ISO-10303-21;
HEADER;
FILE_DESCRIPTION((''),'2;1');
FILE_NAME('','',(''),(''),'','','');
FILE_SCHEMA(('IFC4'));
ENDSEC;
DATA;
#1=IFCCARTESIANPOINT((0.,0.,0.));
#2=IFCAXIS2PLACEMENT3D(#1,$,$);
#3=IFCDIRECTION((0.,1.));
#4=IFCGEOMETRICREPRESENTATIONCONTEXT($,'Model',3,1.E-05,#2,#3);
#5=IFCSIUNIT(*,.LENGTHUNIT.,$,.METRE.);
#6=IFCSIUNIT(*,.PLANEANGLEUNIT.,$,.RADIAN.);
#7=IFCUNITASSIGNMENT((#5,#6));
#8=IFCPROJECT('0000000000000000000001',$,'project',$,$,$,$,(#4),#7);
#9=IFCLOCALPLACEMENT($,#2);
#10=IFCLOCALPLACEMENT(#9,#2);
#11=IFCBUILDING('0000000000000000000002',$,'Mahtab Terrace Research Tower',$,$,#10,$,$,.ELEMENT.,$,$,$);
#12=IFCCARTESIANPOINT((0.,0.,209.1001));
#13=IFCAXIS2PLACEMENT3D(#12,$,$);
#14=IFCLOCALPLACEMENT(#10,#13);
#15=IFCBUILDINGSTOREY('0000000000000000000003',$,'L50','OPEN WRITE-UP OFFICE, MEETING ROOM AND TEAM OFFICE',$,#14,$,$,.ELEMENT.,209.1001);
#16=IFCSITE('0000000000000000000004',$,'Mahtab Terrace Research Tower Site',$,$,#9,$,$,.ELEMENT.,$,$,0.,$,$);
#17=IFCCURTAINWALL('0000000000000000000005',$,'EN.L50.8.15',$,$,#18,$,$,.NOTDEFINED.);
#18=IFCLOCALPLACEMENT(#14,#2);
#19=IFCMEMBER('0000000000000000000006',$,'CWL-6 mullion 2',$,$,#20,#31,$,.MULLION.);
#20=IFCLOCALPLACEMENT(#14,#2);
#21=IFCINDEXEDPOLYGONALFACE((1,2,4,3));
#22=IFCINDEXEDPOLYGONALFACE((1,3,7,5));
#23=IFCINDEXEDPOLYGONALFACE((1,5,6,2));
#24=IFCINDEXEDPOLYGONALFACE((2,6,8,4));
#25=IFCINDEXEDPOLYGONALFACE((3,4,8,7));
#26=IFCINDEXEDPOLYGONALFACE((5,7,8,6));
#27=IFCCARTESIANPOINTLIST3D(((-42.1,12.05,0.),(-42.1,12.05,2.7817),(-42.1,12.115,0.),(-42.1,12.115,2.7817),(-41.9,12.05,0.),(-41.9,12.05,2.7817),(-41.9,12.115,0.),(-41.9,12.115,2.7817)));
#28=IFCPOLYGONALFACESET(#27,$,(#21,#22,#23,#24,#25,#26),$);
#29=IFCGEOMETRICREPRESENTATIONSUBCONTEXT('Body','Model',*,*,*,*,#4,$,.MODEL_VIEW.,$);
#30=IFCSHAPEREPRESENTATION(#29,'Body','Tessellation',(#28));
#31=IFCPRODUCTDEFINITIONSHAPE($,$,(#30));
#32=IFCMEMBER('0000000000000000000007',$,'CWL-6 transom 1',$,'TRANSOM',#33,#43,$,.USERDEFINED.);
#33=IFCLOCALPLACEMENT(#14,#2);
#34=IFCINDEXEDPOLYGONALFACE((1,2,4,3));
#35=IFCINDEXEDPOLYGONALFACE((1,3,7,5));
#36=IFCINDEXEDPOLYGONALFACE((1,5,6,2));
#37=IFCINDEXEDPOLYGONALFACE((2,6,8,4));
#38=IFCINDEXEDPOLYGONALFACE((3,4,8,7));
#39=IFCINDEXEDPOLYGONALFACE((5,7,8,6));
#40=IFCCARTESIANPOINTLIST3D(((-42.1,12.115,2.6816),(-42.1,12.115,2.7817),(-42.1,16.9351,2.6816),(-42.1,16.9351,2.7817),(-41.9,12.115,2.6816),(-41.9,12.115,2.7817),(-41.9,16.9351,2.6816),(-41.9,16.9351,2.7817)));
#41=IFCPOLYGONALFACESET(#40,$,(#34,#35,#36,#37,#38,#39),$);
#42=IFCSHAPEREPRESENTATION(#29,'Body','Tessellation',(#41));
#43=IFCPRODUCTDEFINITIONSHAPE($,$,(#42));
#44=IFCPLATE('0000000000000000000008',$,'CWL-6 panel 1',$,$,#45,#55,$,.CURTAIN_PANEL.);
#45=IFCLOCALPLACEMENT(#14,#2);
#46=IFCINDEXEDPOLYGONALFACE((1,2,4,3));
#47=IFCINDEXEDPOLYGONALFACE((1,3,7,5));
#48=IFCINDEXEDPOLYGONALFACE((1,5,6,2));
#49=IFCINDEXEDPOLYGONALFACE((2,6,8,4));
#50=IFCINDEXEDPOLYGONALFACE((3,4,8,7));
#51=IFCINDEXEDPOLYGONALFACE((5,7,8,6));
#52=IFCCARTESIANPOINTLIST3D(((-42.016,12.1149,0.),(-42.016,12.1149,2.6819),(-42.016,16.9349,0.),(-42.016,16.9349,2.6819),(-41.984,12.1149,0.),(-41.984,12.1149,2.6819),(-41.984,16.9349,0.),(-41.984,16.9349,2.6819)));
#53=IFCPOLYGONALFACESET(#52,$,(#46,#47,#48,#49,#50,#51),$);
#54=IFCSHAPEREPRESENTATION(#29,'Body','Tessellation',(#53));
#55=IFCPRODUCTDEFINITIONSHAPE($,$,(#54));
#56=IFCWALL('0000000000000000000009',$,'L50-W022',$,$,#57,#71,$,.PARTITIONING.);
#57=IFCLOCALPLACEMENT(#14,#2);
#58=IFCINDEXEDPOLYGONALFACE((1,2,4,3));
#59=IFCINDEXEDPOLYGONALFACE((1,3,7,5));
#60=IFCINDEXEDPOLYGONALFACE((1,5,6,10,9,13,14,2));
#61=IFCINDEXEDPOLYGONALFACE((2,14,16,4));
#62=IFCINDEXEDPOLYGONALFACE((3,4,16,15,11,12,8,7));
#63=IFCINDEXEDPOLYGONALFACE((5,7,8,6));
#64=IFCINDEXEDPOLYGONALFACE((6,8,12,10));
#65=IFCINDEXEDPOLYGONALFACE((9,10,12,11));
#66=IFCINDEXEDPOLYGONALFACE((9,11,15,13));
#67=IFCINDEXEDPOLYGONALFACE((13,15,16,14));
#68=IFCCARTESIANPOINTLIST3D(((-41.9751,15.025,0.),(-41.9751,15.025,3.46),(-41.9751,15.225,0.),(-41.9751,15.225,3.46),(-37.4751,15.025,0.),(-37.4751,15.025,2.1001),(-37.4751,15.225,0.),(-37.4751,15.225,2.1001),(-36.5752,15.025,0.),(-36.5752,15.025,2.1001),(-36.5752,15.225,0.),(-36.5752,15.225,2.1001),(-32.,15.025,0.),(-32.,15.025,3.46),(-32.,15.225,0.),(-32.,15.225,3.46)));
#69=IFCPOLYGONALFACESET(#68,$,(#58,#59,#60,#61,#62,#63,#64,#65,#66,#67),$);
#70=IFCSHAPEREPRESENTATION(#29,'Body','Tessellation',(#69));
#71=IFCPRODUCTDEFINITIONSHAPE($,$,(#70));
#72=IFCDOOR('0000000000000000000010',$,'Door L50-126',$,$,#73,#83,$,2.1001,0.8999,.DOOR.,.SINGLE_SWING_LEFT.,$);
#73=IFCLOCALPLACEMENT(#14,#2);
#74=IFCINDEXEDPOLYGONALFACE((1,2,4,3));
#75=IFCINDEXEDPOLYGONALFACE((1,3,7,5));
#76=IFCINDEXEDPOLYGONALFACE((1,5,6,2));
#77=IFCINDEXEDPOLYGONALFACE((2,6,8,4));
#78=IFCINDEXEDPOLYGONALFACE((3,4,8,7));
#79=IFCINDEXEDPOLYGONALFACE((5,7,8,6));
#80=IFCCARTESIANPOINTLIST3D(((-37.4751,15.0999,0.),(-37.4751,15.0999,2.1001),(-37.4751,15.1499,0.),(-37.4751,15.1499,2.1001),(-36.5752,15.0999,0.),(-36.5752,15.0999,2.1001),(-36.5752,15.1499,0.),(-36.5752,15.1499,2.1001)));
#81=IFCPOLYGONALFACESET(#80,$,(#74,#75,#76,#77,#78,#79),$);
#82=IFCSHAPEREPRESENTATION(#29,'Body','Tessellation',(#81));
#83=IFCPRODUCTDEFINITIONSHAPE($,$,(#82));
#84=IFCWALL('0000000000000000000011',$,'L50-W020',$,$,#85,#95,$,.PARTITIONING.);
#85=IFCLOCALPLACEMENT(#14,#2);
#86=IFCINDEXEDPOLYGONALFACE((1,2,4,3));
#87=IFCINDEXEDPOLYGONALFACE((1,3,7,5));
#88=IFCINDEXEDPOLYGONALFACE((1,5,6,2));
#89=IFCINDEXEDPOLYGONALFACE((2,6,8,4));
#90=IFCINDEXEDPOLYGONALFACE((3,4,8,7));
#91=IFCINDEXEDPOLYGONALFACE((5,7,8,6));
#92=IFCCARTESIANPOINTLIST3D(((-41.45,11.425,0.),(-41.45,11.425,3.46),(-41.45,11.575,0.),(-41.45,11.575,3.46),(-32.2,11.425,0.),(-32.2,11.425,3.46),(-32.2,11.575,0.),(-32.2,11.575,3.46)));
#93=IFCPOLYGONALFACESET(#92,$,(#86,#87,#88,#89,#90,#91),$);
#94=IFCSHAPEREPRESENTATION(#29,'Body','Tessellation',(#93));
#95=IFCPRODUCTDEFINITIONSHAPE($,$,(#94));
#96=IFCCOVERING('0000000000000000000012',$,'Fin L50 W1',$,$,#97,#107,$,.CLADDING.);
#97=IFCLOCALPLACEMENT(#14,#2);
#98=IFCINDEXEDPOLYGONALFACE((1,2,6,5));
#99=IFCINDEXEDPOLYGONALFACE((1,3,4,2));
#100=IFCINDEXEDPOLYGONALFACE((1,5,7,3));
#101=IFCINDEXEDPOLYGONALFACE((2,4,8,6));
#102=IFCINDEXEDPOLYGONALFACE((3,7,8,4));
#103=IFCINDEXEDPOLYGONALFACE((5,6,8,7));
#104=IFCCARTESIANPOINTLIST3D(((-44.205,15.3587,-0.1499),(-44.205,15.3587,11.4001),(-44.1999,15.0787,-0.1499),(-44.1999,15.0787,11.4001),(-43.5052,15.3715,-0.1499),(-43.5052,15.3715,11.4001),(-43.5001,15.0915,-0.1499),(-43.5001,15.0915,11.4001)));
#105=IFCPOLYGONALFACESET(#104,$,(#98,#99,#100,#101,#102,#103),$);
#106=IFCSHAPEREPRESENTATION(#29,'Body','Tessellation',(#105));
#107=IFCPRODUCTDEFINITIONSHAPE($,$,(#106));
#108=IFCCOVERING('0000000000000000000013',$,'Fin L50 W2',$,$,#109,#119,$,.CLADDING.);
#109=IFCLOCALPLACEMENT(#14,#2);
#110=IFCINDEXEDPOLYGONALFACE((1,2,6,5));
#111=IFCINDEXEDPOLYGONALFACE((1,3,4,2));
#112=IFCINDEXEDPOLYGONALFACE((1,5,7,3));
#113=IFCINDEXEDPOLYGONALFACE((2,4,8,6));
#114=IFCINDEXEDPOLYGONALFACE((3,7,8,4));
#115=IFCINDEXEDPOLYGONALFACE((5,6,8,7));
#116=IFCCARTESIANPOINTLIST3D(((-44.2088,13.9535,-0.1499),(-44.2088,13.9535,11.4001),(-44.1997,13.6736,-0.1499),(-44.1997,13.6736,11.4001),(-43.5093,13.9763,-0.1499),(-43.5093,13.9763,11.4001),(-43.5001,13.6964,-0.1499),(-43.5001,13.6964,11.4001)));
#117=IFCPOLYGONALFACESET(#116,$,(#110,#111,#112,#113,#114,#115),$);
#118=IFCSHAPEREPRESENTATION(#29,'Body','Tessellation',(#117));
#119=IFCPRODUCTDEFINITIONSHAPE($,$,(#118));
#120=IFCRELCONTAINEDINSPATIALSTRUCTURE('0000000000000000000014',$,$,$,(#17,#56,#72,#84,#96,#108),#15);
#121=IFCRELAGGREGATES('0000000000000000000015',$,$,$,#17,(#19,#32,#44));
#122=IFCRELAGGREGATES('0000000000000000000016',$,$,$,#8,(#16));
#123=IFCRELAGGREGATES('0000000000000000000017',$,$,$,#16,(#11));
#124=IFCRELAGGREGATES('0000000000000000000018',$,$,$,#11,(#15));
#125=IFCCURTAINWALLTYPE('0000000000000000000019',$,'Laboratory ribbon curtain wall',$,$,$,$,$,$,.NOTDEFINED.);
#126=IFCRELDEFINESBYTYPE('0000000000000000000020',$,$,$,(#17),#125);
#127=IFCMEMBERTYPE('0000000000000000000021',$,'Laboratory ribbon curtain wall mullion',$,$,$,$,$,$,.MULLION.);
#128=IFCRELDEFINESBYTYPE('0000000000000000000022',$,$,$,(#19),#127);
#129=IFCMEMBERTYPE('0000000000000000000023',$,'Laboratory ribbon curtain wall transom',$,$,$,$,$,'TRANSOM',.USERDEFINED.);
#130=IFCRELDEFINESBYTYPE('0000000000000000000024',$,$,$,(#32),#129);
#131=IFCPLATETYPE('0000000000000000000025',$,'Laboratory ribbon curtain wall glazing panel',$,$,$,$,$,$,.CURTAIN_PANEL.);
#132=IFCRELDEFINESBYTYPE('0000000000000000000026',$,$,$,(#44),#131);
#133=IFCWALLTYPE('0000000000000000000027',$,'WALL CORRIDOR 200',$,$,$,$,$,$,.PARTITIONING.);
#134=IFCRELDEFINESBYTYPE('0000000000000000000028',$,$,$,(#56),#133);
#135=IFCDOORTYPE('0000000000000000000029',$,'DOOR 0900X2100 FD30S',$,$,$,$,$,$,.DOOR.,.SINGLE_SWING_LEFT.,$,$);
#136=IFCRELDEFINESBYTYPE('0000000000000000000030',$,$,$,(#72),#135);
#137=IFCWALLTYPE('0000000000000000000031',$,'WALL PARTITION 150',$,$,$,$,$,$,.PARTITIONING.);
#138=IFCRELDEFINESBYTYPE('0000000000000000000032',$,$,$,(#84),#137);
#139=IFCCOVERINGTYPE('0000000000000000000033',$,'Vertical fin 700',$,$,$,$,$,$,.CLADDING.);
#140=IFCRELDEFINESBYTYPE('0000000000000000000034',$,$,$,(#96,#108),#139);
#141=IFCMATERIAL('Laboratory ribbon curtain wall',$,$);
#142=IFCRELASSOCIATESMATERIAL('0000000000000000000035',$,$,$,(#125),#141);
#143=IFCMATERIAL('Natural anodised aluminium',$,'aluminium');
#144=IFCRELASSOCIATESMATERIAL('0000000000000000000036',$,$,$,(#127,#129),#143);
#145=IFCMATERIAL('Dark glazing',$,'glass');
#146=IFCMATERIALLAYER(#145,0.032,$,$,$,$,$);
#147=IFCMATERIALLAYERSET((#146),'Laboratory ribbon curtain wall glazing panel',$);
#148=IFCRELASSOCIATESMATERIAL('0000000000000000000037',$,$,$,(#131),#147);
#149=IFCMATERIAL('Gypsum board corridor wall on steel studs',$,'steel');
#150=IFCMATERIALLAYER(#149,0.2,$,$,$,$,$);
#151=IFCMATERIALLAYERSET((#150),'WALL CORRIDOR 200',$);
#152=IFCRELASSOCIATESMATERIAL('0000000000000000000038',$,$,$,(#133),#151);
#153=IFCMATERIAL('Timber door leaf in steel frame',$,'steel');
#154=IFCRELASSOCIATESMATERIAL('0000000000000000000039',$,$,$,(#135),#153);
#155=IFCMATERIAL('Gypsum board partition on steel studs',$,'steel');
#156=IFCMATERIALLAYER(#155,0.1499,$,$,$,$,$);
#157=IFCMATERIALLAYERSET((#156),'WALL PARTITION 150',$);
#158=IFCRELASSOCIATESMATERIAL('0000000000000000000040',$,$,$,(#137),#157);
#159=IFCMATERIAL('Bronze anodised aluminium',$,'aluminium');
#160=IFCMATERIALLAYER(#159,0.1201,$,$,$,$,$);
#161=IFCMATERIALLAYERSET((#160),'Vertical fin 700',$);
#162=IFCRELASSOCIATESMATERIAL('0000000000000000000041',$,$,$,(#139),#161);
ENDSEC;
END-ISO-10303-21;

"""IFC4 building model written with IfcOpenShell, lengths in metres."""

from ifc_helpers import new_model, si_unit, direction, frame, frame_2d, origin, origin_2d, place, context, subcontext, project, spatial, rectangle, extrude, material, layer, layer_set, material_profile, profile_set, type_object, element, fill, aggregate, save


model = new_model("IFC4")

# Units and contexts
model_context = context("Model", 3, precision=1e-05, world=origin(), true_north=direction((0.0, 1.0)))
body_context = subcontext(model_context, "Body", "Model", "MODEL_VIEW")
ifc_project = project(units=[si_unit("LENGTHUNIT", "METRE"), si_unit("PLANEANGLEUNIT", "RADIAN")], contexts=[model_context])

# Site, building, storey
site_placement = place(None, origin())
site = spatial("IfcSite", under=ifc_project, at=site_placement, Name="Mahtab Terrace Research Tower Site", CompositionType="ELEMENT", RefElevation=0.0)
building_placement = place(site_placement, origin())
building = spatial("IfcBuilding", under=site, at=building_placement, Name="Mahtab Terrace Research Tower", CompositionType="ELEMENT")
storey_placement = place(building_placement, frame((0.0, 0.0, 209.1001)))
storey = spatial("IfcBuildingStorey", under=building, at=storey_placement, Name="L50", Description="OPEN WRITE-UP OFFICE, MEETING ROOM AND TEAM OFFICE", CompositionType="ELEMENT", Elevation=209.1001)

# Curtain wall, members, plate
ifc_material_1 = material(Name="Laboratory ribbon curtain wall")
curtain_wall_type = type_object("IfcCurtainWallType", Name="Laboratory ribbon curtain wall", PredefinedType="NOTDEFINED", material=ifc_material_1)
curtain_wall_placement = place(storey_placement, origin())
curtain_wall = element("IfcCurtainWall", 1, at=curtain_wall_placement, inside=storey, type_object=curtain_wall_type, Name="EN.L50.8.15", PredefinedType="NOTDEFINED")
ifc_material_2 = material(Name="Natural anodised aluminium", Category="aluminium")
ifc_material_profile_1 = material_profile(ifc_material_2, rectangle(XDim=0.2, YDim=0.0649, at=origin_2d()), Name="MULLION 65x200")
ifc_profile_set_1 = profile_set([ifc_material_profile_1], Name="Natural anodised aluminium")
member_type_1 = type_object("IfcMemberType", Name="Laboratory ribbon curtain wall mullion", PredefinedType="MULLION", material=ifc_profile_set_1)
member_1_placement = place(storey_placement, frame((-42.0, 12.0825, 0.0), z_axis=(0.0, 0.0, 1.0), x_axis=(1.0, 0.0, 0.0)))
member_1 = element("IfcMember", 2, at=member_1_placement, type_object=member_type_1, Name="CWL-6 mullion 2", PredefinedType="MULLION", context=body_context, shape_type="SweptSolid", body=[
    extrude(rectangle(XDim=0.2, YDim=0.0649, at=origin_2d()), origin(), (0.0, 0.0, 1.0), 2.7817),
])
ifc_material_profile_2 = material_profile(ifc_material_2, rectangle(XDim=0.2, YDim=0.1001, at=origin_2d()), Name="TRANSOM 100x200")
ifc_profile_set_2 = profile_set([ifc_material_profile_2], Name="Natural anodised aluminium")
member_type_2 = type_object("IfcMemberType", Name="Laboratory ribbon curtain wall transom", ElementType="TRANSOM", PredefinedType="USERDEFINED", material=ifc_profile_set_2)
member_2_placement = place(storey_placement, frame((-42.0, 16.9351, 2.7317), z_axis=(0.0, -1.0, 0.0), x_axis=(1.0, 0.0, 0.0)))
member_2 = element("IfcMember", 3, at=member_2_placement, type_object=member_type_2, Name="CWL-6 transom 1", ObjectType="TRANSOM", PredefinedType="USERDEFINED", context=body_context, shape_type="SweptSolid", body=[
    extrude(rectangle(XDim=0.2, YDim=0.1001, at=origin_2d()), origin(), (0.0, 0.0, 1.0), 4.8201),
])
ifc_material_3 = material(Name="Dark glazing", Category="glass")
ifc_layer_1 = layer(ifc_material_3, 0.032)
ifc_layer_set_1 = layer_set([ifc_layer_1], Name="Laboratory ribbon curtain wall glazing panel")
plate_type = type_object("IfcPlateType", Name="Laboratory ribbon curtain wall glazing panel", PredefinedType="CURTAIN_PANEL", material=ifc_layer_set_1)
plate_placement = place(storey_placement, frame((-42.0, 14.5249, 0.0), z_axis=(0.0, 0.0, 1.0), x_axis=(0.0, -1.0, 0.0)))
plate = element("IfcPlate", 4, at=plate_placement, type_object=plate_type, Name="CWL-6 panel 1", PredefinedType="CURTAIN_PANEL", context=body_context, shape_type="SweptSolid", body=[
    extrude(rectangle(XDim=4.8201, YDim=0.032, at=origin_2d()), origin(), (0.0, 0.0, 1.0), 2.6819),
])
aggregate(curtain_wall, [member_1, member_2, plate])

# Wall, opening, door
ifc_material_4 = material(Name="Gypsum board corridor wall on steel studs", Category="steel")
ifc_layer_2 = layer(ifc_material_4, 0.2)
ifc_layer_set_2 = layer_set([ifc_layer_2], Name="WALL CORRIDOR 200")
wall_type_1 = type_object("IfcWallType", Name="WALL CORRIDOR 200", PredefinedType="PARTITIONING", material=ifc_layer_set_2)
wall_1_placement = place(storey_placement, frame((-41.9751, 15.125, 0.0), z_axis=(0.0, 0.0, 1.0), x_axis=(1.0, 0.0, 0.0)))
wall_1 = element("IfcWall", 5, at=wall_1_placement, inside=storey, type_object=wall_type_1, Name="L50-W022", PredefinedType="PARTITIONING", context=body_context, shape_type="SweptSolid", body=[
    extrude(rectangle(XDim=9.9751, YDim=0.2, at=frame_2d((4.9875, 0.0))), origin(), (0.0, 0.0, 1.0), 3.46),
])
opening_placement = place(wall_1_placement, frame((4.5, 0.0, 0.0)))
opening = element("IfcOpeningElement", 6, at=opening_placement, cuts=wall_1, PredefinedType="OPENING", context=body_context, shape_type="SweptSolid", body=[
    extrude(rectangle(XDim=0.8999, YDim=2.1001, at=frame_2d((0.45, 1.05))), frame((0.0, 0.1099, 0.0), z_axis=(0.0, -1.0, 0.0), x_axis=(1.0, 0.0, 0.0)), (0.0, 0.0, 1.0), 0.22),
])
ifc_material_5 = material(Name="Timber door leaf in steel frame", Category="steel")
door_type = type_object("IfcDoorType", Name="DOOR 0900X2100 FD30S", OperationType="SINGLE_SWING_LEFT", PredefinedType="DOOR", material=ifc_material_5)
door_placement = place(opening_placement, origin())
door = element("IfcDoor", 7, at=door_placement, inside=storey, type_object=door_type, Name="Door L50-126", OperationType="SINGLE_SWING_LEFT", OverallHeight=2.1001, OverallWidth=0.8999, PredefinedType="DOOR", context=body_context, shape_type="SweptSolid", body=[
    extrude(rectangle(XDim=0.8999, YDim=2.1001, at=frame_2d((0.45, 1.05))), frame((0.0, 0.0249, 0.0), z_axis=(0.0, -1.0, 0.0), x_axis=(1.0, 0.0, 0.0)), (0.0, 0.0, 1.0), 0.05),
])
fill(opening, door)

# Wall
ifc_material_6 = material(Name="Gypsum board partition on steel studs", Category="steel")
ifc_layer_3 = layer(ifc_material_6, 0.1499)
ifc_layer_set_3 = layer_set([ifc_layer_3], Name="WALL PARTITION 150")
wall_type_2 = type_object("IfcWallType", Name="WALL PARTITION 150", PredefinedType="PARTITIONING", material=ifc_layer_set_3)
wall_2_placement = place(storey_placement, frame((-41.45, 11.5, 0.0), z_axis=(0.0, 0.0, 1.0), x_axis=(1.0, 0.0, 0.0)))
element("IfcWall", 8, at=wall_2_placement, inside=storey, type_object=wall_type_2, Name="L50-W020", PredefinedType="PARTITIONING", context=body_context, shape_type="SweptSolid", body=[
    extrude(rectangle(XDim=9.25, YDim=0.1499, at=frame_2d((4.625, 0.0))), origin(), (0.0, 0.0, 1.0), 3.46),
])

# Coverings
ifc_material_7 = material(Name="Bronze anodised aluminium", Category="aluminium")
ifc_layer_4 = layer(ifc_material_7, 0.1201)
ifc_layer_set_4 = layer_set([ifc_layer_4], Name="Vertical fin 700")
covering_type = type_object("IfcCoveringType", Name="Vertical fin 700", PredefinedType="CLADDING", material=ifc_layer_set_4)
for number, where, z_axis, x_axis, name in (
    (9, (-43.8525, 15.2251, -0.1499), (0.0, 0.0, 1.0), (0.018222, -0.999834, 0.0), "Fin L50 W1"),
    (10, (-43.8545, 13.825, -0.1499), (0.0, 0.0, 1.0), (0.032591, -0.999469, 0.0), "Fin L50 W2"),
):
    element("IfcCovering", number, at=place(storey_placement, frame(where, z_axis=z_axis, x_axis=x_axis)), inside=storey, type_object=covering_type, Name=name, PredefinedType="CLADDING", context=body_context, shape_type="SweptSolid", body=[
        extrude(rectangle(XDim=0.28, YDim=0.7, at=origin_2d()), origin(), (0.0, 0.0, 1.0), 11.55),
    ])

save(model, "model.ifc")
